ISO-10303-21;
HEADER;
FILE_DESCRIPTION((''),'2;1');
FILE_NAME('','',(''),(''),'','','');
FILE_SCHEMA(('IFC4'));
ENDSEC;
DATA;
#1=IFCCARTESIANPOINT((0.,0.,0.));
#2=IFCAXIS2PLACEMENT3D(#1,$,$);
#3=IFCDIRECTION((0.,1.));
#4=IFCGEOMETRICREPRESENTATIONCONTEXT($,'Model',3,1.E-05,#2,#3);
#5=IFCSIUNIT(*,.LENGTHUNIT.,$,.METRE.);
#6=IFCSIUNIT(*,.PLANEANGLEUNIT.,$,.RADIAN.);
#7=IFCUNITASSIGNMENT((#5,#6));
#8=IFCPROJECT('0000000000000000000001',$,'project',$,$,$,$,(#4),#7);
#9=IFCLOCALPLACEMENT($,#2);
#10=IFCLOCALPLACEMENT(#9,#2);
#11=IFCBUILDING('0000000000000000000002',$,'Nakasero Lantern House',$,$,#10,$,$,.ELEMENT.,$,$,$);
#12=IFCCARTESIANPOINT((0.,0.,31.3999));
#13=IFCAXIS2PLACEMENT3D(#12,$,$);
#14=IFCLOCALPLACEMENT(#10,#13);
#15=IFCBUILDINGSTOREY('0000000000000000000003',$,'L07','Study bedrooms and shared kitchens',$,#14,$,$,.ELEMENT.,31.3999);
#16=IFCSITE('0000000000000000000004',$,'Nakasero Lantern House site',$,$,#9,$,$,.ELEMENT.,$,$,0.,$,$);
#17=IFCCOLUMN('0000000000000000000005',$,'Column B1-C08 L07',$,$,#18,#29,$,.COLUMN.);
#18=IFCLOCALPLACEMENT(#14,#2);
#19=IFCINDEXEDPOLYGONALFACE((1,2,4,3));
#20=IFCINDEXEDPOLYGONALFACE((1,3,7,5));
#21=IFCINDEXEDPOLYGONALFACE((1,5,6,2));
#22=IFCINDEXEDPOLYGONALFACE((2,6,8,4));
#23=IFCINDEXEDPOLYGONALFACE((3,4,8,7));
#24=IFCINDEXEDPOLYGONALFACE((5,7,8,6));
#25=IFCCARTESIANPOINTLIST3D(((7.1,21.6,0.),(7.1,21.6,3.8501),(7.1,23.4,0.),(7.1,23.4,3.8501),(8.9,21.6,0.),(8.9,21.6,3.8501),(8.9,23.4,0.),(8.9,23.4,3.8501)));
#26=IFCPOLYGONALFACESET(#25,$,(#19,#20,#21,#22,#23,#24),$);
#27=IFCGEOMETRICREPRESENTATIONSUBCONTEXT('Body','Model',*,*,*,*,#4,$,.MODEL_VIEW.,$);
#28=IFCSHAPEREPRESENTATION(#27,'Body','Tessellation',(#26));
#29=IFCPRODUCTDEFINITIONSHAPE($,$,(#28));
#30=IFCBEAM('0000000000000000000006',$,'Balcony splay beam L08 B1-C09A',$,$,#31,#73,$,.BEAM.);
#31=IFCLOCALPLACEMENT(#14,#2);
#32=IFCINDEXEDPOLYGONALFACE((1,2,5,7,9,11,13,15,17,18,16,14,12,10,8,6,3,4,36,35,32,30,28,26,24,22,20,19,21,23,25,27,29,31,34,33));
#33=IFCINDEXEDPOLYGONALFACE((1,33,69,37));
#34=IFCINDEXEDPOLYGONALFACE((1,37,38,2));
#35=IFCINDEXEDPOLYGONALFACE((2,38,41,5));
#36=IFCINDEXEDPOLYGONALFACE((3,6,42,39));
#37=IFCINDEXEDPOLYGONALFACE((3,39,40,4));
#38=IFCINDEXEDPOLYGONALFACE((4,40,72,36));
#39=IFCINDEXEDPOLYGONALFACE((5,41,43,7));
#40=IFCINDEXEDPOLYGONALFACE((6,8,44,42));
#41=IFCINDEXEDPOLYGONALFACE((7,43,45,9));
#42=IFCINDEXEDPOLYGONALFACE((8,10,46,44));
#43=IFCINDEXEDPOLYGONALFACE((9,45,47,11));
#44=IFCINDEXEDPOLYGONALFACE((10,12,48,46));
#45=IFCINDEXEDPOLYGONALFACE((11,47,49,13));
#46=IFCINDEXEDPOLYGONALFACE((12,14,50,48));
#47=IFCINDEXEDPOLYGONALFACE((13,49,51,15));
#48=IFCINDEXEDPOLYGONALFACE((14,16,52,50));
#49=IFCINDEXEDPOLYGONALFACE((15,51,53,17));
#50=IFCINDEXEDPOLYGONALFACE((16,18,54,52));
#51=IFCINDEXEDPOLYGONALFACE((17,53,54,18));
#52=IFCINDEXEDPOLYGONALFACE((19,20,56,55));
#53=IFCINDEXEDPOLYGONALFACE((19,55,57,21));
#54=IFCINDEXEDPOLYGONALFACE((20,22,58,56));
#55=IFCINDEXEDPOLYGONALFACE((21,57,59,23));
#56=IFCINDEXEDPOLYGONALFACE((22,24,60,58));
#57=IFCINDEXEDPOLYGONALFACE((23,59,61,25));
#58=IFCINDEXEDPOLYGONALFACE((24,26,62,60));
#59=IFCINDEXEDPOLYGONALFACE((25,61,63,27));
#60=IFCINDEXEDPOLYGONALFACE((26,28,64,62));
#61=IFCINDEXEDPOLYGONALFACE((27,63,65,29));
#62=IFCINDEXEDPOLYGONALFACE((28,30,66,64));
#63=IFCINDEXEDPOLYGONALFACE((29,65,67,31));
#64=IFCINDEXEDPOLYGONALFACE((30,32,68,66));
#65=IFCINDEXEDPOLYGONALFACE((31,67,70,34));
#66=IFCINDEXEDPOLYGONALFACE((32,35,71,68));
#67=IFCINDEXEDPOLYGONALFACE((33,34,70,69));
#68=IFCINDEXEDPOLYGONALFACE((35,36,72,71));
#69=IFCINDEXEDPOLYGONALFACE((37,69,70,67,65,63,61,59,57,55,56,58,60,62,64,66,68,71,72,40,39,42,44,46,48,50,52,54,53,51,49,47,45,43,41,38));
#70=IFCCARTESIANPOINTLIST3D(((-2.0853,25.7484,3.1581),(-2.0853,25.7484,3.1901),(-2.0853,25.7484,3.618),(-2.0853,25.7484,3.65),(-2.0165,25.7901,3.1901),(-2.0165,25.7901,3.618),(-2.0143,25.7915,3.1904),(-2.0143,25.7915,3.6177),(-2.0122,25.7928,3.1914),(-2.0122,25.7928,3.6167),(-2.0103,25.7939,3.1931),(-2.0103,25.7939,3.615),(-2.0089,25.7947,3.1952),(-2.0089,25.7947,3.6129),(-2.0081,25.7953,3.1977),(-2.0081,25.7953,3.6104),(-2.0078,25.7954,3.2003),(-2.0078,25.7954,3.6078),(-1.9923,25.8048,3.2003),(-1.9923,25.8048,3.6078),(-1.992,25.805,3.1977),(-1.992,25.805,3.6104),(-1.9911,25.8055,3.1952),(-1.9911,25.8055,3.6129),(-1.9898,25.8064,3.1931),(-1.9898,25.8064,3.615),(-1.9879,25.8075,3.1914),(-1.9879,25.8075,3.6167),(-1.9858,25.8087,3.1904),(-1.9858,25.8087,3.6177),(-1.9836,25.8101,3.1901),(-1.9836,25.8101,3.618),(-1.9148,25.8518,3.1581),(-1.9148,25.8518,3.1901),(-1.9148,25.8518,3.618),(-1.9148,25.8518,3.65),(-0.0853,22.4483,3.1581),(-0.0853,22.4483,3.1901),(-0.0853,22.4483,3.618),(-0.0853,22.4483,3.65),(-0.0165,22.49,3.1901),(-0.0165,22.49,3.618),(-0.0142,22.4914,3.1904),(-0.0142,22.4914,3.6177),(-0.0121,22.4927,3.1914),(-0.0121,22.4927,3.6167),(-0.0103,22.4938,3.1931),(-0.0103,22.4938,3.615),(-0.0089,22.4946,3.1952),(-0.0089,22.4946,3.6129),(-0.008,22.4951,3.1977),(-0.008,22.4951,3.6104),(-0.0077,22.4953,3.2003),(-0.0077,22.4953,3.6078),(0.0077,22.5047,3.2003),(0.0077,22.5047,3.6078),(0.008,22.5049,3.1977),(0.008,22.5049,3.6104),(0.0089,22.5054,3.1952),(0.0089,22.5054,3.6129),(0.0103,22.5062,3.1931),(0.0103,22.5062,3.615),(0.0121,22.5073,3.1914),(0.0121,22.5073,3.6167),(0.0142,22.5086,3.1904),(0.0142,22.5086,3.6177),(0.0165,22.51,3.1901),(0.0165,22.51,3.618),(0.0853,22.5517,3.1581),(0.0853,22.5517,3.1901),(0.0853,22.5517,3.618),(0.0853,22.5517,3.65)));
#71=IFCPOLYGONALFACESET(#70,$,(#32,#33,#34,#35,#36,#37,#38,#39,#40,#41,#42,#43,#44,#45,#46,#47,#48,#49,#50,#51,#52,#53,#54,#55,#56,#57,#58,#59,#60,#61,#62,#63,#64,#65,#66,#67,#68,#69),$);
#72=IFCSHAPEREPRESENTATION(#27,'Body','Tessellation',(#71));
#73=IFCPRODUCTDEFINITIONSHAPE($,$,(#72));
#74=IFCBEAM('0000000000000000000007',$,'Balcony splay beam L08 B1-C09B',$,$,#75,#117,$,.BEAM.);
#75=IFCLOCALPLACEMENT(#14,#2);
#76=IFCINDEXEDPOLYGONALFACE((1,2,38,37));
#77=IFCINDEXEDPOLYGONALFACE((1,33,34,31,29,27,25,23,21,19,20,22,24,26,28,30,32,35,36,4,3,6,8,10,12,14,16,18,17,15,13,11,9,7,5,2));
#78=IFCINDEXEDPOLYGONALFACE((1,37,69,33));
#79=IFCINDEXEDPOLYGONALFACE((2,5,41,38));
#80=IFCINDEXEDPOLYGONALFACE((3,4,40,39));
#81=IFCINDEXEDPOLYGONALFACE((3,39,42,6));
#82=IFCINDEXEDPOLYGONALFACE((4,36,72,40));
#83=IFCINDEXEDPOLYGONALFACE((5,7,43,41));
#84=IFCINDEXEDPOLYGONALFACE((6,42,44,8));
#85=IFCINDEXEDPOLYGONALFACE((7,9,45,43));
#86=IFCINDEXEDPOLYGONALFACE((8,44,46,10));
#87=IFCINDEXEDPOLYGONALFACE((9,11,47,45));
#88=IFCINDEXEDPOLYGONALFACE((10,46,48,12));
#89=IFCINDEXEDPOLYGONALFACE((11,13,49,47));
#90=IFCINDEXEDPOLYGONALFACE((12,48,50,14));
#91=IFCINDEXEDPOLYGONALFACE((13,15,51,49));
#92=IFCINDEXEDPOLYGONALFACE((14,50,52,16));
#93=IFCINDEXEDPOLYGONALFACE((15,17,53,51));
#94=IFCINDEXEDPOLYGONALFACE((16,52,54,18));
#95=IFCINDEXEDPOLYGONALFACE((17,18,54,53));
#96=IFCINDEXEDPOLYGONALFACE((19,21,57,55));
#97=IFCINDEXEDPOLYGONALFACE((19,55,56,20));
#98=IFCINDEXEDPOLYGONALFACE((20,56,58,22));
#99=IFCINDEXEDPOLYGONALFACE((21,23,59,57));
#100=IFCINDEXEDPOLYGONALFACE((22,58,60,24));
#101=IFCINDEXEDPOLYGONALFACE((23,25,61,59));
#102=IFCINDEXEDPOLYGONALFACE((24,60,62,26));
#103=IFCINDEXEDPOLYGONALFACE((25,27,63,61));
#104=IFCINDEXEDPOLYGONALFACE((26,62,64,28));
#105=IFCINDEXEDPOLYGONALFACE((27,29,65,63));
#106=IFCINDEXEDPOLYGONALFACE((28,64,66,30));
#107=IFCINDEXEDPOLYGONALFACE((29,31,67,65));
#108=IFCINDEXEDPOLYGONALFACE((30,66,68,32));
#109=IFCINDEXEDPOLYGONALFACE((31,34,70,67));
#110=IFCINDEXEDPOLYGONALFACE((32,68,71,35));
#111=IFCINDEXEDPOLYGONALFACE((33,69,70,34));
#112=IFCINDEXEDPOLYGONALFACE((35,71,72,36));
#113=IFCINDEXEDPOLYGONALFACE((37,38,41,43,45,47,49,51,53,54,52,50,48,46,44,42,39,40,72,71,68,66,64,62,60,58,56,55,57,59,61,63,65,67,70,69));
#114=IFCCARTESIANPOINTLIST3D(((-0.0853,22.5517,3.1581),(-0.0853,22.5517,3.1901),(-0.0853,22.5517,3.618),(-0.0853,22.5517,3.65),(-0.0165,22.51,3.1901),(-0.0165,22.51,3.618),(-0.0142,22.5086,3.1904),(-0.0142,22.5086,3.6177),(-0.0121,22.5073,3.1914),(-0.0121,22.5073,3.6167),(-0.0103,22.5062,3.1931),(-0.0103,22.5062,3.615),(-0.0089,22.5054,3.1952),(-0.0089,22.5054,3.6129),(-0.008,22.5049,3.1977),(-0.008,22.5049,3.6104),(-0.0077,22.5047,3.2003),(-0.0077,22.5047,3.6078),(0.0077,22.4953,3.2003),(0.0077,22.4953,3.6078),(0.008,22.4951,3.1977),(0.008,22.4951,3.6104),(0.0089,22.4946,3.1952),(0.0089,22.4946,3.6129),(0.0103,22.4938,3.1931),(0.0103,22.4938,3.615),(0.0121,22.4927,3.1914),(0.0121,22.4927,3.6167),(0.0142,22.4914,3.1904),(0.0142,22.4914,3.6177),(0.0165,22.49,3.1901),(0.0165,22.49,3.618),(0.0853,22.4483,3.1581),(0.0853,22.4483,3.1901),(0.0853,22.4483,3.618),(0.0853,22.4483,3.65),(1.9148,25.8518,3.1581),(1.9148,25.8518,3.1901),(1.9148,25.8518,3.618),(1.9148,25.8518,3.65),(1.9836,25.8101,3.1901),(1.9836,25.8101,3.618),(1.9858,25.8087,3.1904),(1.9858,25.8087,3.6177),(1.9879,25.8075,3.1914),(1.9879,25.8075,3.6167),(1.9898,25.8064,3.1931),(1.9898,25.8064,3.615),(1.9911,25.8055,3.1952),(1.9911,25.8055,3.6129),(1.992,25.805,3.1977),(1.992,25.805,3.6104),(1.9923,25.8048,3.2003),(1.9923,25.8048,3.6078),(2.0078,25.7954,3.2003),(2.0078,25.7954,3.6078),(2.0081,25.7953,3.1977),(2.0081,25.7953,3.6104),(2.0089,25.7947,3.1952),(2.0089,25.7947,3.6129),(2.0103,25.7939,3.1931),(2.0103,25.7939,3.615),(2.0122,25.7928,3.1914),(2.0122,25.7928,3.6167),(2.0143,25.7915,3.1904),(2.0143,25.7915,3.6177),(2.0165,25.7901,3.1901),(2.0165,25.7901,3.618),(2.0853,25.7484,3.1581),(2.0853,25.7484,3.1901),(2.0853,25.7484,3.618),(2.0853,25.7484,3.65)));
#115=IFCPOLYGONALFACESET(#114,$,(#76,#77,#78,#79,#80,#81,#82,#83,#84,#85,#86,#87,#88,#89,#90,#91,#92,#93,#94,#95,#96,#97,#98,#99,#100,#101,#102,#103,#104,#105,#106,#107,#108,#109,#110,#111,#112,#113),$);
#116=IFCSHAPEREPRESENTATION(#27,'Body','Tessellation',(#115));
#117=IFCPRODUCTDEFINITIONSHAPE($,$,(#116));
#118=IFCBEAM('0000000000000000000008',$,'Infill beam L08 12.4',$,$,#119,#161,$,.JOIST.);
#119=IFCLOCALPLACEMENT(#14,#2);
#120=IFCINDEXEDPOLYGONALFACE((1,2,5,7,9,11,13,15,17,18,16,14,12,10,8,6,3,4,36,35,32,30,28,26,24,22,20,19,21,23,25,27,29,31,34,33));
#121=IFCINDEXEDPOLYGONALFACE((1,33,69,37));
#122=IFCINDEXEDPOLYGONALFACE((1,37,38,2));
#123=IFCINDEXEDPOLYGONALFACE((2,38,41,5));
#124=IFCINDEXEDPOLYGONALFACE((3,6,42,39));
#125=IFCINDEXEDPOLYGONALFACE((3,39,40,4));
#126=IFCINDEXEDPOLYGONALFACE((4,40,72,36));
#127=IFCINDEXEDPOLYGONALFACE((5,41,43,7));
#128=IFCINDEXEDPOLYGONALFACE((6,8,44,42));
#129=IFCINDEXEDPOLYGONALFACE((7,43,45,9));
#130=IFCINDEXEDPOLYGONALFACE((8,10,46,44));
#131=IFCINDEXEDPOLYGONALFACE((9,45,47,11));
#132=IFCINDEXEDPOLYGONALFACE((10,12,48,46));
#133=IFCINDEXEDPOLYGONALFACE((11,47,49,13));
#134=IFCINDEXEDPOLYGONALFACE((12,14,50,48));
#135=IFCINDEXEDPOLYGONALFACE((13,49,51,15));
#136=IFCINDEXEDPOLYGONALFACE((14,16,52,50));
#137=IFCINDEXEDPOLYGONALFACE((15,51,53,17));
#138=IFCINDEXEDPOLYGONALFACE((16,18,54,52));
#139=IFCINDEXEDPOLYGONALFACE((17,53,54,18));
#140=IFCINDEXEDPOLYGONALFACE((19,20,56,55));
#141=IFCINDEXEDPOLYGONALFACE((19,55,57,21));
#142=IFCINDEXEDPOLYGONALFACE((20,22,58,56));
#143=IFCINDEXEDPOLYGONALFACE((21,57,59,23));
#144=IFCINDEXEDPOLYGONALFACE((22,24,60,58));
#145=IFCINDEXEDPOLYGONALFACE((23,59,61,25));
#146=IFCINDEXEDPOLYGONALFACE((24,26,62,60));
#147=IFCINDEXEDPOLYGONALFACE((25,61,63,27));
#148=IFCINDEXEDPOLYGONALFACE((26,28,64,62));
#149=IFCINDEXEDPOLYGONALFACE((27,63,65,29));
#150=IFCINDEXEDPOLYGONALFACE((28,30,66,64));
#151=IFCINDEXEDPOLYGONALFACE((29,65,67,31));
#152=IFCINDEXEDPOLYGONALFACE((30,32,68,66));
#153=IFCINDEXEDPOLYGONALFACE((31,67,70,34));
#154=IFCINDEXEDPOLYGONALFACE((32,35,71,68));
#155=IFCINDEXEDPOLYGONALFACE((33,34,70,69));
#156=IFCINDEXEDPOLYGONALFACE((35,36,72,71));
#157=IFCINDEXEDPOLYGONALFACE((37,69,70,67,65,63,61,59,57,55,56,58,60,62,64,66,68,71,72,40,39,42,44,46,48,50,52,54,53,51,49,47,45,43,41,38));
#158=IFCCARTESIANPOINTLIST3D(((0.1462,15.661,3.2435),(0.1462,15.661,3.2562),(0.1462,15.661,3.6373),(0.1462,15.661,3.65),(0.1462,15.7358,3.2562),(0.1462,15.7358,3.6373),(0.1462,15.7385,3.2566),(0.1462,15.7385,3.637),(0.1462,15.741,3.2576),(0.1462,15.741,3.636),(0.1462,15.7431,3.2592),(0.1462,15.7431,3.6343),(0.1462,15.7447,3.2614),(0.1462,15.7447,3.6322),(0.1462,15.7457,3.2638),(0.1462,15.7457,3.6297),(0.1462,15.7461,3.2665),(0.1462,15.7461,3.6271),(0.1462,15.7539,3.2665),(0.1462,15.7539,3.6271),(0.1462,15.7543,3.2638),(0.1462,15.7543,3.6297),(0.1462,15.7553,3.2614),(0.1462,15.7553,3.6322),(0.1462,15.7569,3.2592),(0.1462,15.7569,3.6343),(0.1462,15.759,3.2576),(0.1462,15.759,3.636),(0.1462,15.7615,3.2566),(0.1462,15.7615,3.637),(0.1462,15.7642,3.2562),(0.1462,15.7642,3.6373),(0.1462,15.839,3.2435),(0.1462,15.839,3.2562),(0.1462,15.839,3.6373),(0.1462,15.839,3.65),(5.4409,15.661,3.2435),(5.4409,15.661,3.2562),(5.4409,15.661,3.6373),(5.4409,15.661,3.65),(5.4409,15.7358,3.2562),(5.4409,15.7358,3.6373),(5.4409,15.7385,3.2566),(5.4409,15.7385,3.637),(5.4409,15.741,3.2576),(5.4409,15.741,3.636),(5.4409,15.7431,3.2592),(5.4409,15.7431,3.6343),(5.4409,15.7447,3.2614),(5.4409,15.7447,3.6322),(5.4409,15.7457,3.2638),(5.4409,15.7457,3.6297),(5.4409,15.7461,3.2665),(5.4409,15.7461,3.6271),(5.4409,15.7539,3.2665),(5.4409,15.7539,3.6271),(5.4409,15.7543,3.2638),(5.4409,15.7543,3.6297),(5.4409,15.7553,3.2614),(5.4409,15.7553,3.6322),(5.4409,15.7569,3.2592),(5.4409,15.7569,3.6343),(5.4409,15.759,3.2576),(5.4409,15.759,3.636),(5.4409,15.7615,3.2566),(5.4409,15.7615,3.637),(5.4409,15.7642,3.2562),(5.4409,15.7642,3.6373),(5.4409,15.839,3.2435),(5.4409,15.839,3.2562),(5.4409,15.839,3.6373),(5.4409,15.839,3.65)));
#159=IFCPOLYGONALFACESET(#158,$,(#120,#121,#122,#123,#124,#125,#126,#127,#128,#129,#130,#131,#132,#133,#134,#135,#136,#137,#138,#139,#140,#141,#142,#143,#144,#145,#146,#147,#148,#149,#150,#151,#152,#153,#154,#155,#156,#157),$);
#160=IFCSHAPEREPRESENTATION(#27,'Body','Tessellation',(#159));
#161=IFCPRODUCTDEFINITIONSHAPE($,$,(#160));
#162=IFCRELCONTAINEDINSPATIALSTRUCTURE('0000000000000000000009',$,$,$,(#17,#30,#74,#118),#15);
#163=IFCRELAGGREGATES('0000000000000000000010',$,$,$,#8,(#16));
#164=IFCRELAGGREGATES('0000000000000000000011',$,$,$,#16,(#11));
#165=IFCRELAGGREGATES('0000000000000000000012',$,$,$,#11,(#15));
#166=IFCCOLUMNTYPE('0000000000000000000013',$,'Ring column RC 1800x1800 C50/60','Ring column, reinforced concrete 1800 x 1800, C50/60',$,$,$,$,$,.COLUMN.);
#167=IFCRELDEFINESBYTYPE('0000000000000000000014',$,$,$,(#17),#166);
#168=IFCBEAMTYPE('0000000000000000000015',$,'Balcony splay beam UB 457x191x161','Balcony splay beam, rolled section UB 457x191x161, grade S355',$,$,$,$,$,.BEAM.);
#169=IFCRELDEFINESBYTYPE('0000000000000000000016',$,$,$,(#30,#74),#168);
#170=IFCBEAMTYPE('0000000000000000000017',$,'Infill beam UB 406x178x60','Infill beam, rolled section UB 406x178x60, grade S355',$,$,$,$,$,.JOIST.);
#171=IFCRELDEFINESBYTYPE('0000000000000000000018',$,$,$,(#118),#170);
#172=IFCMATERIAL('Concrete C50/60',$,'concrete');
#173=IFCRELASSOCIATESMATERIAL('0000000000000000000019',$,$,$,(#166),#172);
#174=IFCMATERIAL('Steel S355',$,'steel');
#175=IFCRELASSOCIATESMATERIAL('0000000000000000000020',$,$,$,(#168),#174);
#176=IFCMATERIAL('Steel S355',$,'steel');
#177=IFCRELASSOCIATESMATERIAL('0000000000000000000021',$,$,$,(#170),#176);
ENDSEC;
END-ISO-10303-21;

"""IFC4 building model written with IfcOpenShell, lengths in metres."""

from ifc_helpers import new_model, si_unit, direction, frame, origin, origin_2d, place, context, subcontext, project, spatial, rectangle, i_section, extrude, material, material_profile, profile_set, type_object, element, save


model = new_model("IFC4")

# Units and contexts
model_context = context("Model", 3, precision=1e-05, world=origin(), true_north=direction((0.0, 1.0)))
body_context = subcontext(model_context, "Body", "Model", "MODEL_VIEW")
ifc_project = project(units=[si_unit("LENGTHUNIT", "METRE"), si_unit("PLANEANGLEUNIT", "RADIAN")], contexts=[model_context])

# Site, building, storey
site_placement = place(None, origin())
site = spatial("IfcSite", under=ifc_project, at=site_placement, Name="Nakasero Lantern House site", CompositionType="ELEMENT", RefElevation=0.0)
building_placement = place(site_placement, origin())
building = spatial("IfcBuilding", under=site, at=building_placement, Name="Nakasero Lantern House", CompositionType="ELEMENT")
storey_placement = place(building_placement, frame((0.0, 0.0, 31.3999)))
storey = spatial("IfcBuildingStorey", under=building, at=storey_placement, Name="L07", Description="Study bedrooms and shared kitchens", CompositionType="ELEMENT", Elevation=31.3999)

# Column
ifc_material_1 = material(Name="Concrete C50/60", Category="concrete")
ifc_material_profile_1 = material_profile(ifc_material_1, rectangle(XDim=1.8, YDim=1.8, at=origin_2d()), Name="RC 1800x1800")
ifc_profile_set_1 = profile_set([ifc_material_profile_1], Name="Concrete C50/60")
column_type = type_object("IfcColumnType", Name="Ring column RC 1800x1800 C50/60", Description="Ring column, reinforced concrete 1800 x 1800, C50/60", PredefinedType="COLUMN", material=ifc_profile_set_1)
column_placement = place(storey_placement, frame((8.0, 22.5, 0.0), z_axis=(0.0, 0.0, 1.0), x_axis=(1.0, 0.0, 0.0)))
element("IfcColumn", 1, at=column_placement, inside=storey, type_object=column_type, Name="Column B1-C08 L07", PredefinedType="COLUMN", context=body_context, shape_type="SweptSolid", body=[
    extrude(rectangle(XDim=1.8, YDim=1.8, at=origin_2d()), origin(), (0.0, 0.0, 1.0), 3.8501),
])

# Beams
ifc_material_2 = material(Name="Steel S355", Category="steel")
ifc_material_profile_2 = material_profile(ifc_material_2, i_section(OverallWidth=0.1995, OverallDepth=0.4919, WebThickness=0.0181, FlangeThickness=0.032, FilletRadius=0.0103, at=origin_2d()), Name="UB 457x191x161")
ifc_profile_set_2 = profile_set([ifc_material_profile_2], Name="Steel S355")
beam_type_1 = type_object("IfcBeamType", Name="Balcony splay beam UB 457x191x161", Description="Balcony splay beam, rolled section UB 457x191x161, grade S355", PredefinedType="BEAM", material=ifc_profile_set_2)
for number, where, z_axis, x_axis, name in (
    (2, (0.0, 22.5, 3.4041), (-0.518296, 0.855201, 0.0), (-0.855201, -0.518296, 0.0), "Balcony splay beam L08 B1-C09A"),
    (3, (0.0, 22.5, 3.4041), (0.518296, 0.855201, 0.0), (-0.855201, 0.518296, 0.0), "Balcony splay beam L08 B1-C09B"),
):
    element("IfcBeam", number, at=place(storey_placement, frame(where, z_axis=z_axis, x_axis=x_axis)), inside=storey, type_object=beam_type_1, Name=name, PredefinedType="BEAM", context=body_context, shape_type="SweptSolid", body=[
        extrude(i_section(OverallWidth=0.1995, OverallDepth=0.4919, WebThickness=0.0181, FlangeThickness=0.032, FilletRadius=0.0103, at=origin_2d()), origin(), (0.0, 0.0, 1.0), 3.8589),
    ])
ifc_material_3 = material(Name="Steel S355", Category="steel")
ifc_material_profile_3 = material_profile(ifc_material_3, i_section(OverallWidth=0.178, OverallDepth=0.4065, WebThickness=0.0078, FlangeThickness=0.0127, FilletRadius=0.0103, at=origin_2d()), Name="UB 406x178x60")
ifc_profile_set_3 = profile_set([ifc_material_profile_3], Name="Steel S355")
beam_type_2 = type_object("IfcBeamType", Name="Infill beam UB 406x178x60", Description="Infill beam, rolled section UB 406x178x60, grade S355", PredefinedType="JOIST", material=ifc_profile_set_3)
beam_1_placement = place(storey_placement, frame((0.1462, 15.75, 3.4468), z_axis=(1.0, 0.0, 0.0), x_axis=(0.0, 1.0, 0.0)))
element("IfcBeam", 4, at=beam_1_placement, inside=storey, type_object=beam_type_2, Name="Infill beam L08 12.4", PredefinedType="JOIST", context=body_context, shape_type="SweptSolid", body=[
    extrude(i_section(OverallWidth=0.178, OverallDepth=0.4065, WebThickness=0.0078, FlangeThickness=0.0127, FilletRadius=0.0103, at=origin_2d()), origin(), (0.0, 0.0, 1.0), 5.2947),
])

save(model, "model.ifc")
